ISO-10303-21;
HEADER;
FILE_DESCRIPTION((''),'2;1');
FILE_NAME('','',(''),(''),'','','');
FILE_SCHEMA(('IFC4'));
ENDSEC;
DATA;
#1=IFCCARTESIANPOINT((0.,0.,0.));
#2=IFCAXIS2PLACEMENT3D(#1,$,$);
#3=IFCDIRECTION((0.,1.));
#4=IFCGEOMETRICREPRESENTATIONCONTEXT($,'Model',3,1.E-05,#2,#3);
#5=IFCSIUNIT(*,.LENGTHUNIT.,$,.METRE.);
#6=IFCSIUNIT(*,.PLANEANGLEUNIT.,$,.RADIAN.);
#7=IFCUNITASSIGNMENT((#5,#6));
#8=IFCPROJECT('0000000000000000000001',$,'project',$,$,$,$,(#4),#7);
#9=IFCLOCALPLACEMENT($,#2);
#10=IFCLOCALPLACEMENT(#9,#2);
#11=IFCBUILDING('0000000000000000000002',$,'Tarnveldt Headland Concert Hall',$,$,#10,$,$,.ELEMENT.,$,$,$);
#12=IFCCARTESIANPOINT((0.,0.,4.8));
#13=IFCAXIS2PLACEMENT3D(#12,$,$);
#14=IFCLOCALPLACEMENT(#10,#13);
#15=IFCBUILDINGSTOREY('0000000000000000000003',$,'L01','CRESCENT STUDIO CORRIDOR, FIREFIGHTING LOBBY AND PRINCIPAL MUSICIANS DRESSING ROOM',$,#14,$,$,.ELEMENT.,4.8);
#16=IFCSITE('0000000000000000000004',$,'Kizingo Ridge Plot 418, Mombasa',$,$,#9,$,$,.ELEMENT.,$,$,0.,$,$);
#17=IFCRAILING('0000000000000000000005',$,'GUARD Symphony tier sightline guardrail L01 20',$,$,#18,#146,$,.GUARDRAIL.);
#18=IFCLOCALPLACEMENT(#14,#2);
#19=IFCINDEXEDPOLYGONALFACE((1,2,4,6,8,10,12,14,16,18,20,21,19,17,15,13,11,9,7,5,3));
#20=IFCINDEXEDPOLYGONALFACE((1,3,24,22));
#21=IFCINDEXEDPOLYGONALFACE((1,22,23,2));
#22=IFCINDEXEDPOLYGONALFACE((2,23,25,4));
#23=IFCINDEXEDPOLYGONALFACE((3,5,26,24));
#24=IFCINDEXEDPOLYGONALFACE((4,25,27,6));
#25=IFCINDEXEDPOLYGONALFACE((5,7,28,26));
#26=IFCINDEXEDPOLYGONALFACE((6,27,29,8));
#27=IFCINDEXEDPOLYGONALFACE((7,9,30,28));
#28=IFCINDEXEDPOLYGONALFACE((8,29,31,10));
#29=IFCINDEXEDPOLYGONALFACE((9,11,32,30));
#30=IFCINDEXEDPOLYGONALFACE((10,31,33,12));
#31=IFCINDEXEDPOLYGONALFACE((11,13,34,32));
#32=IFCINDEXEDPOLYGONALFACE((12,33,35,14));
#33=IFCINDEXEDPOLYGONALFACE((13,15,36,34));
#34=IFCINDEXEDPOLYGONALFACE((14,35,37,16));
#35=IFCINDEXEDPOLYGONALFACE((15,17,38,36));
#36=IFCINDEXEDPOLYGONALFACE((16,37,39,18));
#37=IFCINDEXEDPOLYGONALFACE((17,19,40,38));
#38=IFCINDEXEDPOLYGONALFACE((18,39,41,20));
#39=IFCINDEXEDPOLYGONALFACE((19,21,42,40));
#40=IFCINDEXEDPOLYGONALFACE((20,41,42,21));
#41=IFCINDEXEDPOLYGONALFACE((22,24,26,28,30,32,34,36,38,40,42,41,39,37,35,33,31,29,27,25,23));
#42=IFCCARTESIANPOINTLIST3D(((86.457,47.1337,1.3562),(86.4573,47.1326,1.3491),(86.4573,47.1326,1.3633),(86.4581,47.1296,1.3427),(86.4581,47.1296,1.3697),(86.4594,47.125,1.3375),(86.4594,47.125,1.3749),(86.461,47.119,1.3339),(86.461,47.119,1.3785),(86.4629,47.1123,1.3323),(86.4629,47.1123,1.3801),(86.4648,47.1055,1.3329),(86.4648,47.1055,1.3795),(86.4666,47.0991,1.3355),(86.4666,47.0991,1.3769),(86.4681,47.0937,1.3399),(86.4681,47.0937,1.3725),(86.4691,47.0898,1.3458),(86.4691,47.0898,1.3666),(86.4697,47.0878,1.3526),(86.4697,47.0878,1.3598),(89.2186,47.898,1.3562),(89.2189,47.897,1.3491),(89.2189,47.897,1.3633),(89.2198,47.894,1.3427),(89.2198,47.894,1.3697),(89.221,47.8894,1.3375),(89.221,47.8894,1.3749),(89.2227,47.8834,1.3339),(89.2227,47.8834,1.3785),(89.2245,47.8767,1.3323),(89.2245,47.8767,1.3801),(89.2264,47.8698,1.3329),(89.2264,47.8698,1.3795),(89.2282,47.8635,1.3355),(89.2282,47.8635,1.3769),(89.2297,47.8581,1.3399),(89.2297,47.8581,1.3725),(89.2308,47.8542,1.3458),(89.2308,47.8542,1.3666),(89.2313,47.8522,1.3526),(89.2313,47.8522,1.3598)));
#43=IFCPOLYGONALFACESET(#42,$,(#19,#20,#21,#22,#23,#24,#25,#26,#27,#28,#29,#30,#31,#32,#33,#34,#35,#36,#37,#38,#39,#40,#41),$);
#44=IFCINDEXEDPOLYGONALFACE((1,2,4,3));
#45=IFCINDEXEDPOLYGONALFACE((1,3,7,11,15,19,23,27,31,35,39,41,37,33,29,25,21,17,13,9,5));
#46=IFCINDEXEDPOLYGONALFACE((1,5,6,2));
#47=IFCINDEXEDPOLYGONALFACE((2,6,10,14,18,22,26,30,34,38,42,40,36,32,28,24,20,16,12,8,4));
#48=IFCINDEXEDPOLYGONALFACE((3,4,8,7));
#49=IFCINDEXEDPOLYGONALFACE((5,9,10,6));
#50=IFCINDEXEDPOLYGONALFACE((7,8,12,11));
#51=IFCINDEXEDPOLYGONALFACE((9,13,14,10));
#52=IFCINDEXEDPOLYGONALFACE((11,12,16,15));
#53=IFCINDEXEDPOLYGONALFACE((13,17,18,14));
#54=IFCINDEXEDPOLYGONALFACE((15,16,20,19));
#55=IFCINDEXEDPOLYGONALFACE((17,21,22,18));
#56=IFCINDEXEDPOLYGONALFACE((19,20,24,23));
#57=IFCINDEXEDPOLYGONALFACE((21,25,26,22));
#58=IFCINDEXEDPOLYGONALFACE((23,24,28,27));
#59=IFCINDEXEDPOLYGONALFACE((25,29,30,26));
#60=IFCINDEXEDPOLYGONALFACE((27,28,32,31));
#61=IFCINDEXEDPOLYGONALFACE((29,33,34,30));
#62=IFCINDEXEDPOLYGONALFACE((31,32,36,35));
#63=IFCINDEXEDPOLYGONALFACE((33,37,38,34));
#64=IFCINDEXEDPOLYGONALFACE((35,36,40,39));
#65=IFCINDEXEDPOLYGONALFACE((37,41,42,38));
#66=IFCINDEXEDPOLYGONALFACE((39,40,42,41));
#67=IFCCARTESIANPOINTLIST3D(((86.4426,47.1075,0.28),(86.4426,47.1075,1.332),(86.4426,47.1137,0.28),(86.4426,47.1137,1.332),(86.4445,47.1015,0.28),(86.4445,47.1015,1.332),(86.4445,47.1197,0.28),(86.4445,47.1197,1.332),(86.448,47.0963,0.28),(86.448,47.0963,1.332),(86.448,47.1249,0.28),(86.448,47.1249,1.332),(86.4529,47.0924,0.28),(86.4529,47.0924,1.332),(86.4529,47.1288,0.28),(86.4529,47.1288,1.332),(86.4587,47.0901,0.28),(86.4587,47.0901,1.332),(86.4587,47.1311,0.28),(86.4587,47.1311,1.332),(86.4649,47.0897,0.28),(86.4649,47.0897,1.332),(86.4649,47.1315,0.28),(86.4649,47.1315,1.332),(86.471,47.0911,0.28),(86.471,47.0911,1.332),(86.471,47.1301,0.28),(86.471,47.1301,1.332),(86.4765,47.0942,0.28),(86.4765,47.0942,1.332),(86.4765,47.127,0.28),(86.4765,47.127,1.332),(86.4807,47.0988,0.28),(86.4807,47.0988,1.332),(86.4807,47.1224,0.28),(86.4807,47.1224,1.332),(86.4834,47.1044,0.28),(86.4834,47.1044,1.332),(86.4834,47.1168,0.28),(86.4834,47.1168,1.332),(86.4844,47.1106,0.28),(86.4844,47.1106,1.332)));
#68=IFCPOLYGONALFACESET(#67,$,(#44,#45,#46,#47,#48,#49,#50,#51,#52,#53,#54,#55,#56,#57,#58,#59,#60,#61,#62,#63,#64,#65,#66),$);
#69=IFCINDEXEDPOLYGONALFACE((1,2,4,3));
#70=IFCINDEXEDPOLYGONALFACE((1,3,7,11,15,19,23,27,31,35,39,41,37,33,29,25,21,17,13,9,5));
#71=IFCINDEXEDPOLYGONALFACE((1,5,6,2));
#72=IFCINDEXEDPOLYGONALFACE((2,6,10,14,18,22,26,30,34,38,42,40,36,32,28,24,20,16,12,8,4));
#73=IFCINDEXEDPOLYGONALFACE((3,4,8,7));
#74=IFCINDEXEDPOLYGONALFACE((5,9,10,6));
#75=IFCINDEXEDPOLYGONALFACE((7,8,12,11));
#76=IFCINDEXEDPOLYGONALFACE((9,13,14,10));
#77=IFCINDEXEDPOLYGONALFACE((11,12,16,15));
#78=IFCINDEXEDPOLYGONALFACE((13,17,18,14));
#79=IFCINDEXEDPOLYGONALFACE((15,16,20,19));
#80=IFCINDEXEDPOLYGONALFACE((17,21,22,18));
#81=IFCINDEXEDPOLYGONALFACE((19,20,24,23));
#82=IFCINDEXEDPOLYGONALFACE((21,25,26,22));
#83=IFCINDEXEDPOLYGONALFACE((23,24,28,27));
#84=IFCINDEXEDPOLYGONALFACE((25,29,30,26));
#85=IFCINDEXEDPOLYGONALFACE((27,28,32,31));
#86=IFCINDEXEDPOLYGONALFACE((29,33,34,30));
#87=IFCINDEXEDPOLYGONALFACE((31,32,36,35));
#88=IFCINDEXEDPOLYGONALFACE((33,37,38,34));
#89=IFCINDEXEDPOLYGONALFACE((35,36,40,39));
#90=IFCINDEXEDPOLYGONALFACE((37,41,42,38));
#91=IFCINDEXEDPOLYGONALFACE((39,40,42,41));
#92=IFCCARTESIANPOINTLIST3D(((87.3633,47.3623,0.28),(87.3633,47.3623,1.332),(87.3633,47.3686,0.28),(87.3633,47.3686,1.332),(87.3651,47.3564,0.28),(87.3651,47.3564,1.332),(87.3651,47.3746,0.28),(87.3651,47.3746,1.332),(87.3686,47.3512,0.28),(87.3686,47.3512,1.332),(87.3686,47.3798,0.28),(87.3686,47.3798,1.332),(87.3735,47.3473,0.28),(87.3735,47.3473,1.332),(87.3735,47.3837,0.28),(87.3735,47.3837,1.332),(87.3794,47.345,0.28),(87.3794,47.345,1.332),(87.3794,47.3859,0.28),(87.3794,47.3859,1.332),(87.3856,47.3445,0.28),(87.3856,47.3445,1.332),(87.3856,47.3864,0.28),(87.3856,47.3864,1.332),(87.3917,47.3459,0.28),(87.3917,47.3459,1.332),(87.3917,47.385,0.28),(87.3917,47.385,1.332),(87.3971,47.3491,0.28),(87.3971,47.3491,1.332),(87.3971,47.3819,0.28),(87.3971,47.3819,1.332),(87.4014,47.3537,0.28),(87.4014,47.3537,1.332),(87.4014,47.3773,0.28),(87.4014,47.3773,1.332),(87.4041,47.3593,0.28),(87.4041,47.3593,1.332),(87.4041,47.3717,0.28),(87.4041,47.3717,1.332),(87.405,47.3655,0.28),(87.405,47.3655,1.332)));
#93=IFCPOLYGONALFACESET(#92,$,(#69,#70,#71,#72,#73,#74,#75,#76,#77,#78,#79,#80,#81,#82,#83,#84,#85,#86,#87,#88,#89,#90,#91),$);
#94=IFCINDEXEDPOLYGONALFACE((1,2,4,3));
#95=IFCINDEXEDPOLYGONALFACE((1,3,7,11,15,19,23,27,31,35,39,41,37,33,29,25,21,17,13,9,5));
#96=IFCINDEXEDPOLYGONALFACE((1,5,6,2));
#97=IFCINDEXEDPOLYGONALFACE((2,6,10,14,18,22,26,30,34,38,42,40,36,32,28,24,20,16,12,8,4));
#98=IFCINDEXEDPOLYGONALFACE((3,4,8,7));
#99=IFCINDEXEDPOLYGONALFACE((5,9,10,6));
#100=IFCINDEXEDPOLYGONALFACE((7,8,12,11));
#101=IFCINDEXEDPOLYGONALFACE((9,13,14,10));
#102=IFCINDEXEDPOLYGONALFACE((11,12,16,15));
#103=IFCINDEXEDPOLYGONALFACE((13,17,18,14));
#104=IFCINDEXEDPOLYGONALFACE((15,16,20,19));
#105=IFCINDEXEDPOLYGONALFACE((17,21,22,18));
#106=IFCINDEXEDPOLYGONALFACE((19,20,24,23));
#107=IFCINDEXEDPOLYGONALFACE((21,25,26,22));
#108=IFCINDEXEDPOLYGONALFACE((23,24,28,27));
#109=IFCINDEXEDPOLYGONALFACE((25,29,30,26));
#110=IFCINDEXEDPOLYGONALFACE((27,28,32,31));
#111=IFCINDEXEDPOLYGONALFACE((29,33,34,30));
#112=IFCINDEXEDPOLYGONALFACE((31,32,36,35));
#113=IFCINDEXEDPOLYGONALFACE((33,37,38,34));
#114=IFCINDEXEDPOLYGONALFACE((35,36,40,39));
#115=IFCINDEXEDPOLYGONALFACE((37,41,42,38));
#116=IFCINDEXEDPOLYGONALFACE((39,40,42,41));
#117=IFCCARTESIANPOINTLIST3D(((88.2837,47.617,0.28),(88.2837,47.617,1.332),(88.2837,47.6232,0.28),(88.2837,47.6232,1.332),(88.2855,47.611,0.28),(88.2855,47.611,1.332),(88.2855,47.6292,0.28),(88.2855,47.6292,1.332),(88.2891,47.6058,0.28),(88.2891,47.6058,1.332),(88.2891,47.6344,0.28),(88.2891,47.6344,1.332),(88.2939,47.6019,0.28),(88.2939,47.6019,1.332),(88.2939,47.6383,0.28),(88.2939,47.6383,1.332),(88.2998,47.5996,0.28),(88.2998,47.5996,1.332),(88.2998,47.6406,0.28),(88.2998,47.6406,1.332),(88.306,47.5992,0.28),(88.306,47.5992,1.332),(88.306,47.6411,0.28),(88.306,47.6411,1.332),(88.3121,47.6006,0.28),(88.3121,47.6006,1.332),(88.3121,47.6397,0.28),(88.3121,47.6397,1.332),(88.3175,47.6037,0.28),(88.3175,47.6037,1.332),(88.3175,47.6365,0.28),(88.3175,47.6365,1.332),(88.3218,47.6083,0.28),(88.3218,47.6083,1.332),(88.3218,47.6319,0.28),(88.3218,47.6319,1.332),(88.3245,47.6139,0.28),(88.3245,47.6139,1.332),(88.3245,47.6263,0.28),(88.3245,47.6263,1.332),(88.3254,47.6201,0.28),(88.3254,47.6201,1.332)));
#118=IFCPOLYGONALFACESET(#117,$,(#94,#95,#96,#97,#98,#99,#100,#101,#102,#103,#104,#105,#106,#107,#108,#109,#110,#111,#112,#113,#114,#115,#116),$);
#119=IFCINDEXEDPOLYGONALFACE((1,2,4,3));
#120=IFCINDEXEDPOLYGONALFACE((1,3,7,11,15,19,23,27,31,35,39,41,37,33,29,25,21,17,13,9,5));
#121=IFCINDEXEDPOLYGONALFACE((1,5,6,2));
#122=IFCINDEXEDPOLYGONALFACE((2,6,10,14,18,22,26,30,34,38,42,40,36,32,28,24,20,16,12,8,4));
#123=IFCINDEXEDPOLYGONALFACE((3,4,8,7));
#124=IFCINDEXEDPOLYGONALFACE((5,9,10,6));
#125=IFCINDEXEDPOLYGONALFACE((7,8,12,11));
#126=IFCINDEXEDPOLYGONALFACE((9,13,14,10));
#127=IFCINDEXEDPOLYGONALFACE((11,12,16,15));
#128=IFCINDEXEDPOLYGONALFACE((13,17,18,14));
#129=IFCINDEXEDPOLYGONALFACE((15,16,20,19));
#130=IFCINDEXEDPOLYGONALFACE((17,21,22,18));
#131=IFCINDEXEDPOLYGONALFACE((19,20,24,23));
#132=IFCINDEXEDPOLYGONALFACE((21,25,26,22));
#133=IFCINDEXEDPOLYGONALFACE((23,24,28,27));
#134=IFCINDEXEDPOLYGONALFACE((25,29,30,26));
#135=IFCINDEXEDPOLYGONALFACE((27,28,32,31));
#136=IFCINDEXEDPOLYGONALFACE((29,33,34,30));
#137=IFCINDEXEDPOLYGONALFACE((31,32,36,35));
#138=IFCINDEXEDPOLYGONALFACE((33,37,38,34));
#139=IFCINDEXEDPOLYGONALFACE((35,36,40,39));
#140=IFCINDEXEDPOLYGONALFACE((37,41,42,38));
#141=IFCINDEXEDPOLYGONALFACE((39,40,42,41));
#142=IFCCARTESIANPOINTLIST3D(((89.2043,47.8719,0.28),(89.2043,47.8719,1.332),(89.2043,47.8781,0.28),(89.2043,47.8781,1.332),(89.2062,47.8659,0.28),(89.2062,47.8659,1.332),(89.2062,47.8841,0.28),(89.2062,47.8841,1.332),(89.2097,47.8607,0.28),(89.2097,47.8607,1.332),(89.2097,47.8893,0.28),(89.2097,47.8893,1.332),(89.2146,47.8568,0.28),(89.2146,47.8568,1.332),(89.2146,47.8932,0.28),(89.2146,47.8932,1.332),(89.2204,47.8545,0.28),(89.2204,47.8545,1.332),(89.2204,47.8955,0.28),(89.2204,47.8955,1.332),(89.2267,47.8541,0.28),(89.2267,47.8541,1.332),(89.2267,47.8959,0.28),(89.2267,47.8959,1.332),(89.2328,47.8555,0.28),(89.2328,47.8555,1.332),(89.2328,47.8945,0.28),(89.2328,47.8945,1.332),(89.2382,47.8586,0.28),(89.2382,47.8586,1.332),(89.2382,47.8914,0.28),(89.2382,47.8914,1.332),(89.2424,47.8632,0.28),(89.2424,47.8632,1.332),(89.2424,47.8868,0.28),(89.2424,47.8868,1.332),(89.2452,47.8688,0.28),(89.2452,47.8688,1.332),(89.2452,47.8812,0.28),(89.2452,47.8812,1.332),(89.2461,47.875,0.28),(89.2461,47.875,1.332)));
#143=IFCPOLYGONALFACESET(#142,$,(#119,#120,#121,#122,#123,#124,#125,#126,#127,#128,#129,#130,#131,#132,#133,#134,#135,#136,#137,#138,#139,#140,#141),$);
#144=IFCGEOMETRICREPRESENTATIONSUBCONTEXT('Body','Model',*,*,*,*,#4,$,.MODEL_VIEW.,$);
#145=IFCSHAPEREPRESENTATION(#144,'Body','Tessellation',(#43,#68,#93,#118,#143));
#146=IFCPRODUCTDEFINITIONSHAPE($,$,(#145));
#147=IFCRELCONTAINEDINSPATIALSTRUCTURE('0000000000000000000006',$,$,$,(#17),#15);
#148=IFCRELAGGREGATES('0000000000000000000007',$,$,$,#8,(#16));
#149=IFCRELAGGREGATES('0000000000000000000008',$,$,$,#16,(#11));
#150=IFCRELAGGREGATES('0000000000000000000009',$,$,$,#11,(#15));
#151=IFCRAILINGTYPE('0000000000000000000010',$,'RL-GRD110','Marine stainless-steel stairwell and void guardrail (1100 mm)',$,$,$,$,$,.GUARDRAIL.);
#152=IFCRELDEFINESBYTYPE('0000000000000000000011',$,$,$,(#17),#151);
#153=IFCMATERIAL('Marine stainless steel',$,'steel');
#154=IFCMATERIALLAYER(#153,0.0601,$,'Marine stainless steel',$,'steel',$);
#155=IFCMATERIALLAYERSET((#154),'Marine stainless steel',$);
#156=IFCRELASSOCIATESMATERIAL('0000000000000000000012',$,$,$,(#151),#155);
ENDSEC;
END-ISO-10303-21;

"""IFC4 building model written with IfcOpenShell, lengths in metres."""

from ifc_helpers import new_model, si_unit, direction, frame, origin, origin_2d, place, context, subcontext, project, spatial, circle, extrude, material, layer, layer_set, type_object, element, save


model = new_model("IFC4")

# Units and contexts
model_context = context("Model", 3, precision=1e-05, world=origin(), true_north=direction((0.0, 1.0)))
body_context = subcontext(model_context, "Body", "Model", "MODEL_VIEW")
ifc_project = project(units=[si_unit("LENGTHUNIT", "METRE"), si_unit("PLANEANGLEUNIT", "RADIAN")], contexts=[model_context])

# Site, building, storey
site_placement = place(None, origin())
site = spatial("IfcSite", under=ifc_project, at=site_placement, Name="Kizingo Ridge Plot 418, Mombasa", CompositionType="ELEMENT", RefElevation=0.0)
building_placement = place(site_placement, origin())
building = spatial("IfcBuilding", under=site, at=building_placement, Name="Tarnveldt Headland Concert Hall", CompositionType="ELEMENT")
storey_placement = place(building_placement, frame((0.0, 0.0, 4.8)))
storey = spatial("IfcBuildingStorey", under=building, at=storey_placement, Name="L01", Description="CRESCENT STUDIO CORRIDOR, FIREFIGHTING LOBBY AND PRINCIPAL MUSICIANS DRESSING ROOM", CompositionType="ELEMENT", Elevation=4.8)

# Railing
ifc_material_1 = material(Name="Marine stainless steel", Category="steel")
ifc_layer_1 = layer(ifc_material_1, 0.0601, Name="Marine stainless steel", Category="steel")
ifc_layer_set_1 = layer_set([ifc_layer_1], Name="Marine stainless steel")
railing_type = type_object("IfcRailingType", Name="RL-GRD110", Description="Marine stainless-steel stairwell and void guardrail (1100 mm)", PredefinedType="GUARDRAIL", material=ifc_layer_set_1)
railing_1_placement = place(storey_placement, frame((86.4634, 47.1106, 0.28)))
element("IfcRailing", 1, at=railing_1_placement, inside=storey, type_object=railing_type, Name="GUARD Symphony tier sightline guardrail L01 20", PredefinedType="GUARDRAIL", context=body_context, shape_type="SweptSolid", body=[
    extrude(circle(Radius=0.0239, at=origin_2d()), frame((0.0, 0.0, 1.0762), z_axis=(0.963764, 0.266756, 0.0), x_axis=(-0.266756, 0.963764, 0.0)), (0.0, 0.0, 1.0), 2.8655),
    extrude(circle(Radius=0.021, at=origin_2d()), origin(), (0.0, 0.0, 1.0), 1.052),
    extrude(circle(Radius=0.021, at=origin_2d()), frame((0.9207, 0.2549, 0.0)), (0.0, 0.0, 1.0), 1.052),
    extrude(circle(Radius=0.021, at=origin_2d()), frame((1.8411, 0.5095, 0.0)), (0.0, 0.0, 1.0), 1.052),
    extrude(circle(Radius=0.021, at=origin_2d()), frame((2.7617, 0.7644, 0.0)), (0.0, 0.0, 1.0), 1.052),
])

save(model, "model.ifc")
